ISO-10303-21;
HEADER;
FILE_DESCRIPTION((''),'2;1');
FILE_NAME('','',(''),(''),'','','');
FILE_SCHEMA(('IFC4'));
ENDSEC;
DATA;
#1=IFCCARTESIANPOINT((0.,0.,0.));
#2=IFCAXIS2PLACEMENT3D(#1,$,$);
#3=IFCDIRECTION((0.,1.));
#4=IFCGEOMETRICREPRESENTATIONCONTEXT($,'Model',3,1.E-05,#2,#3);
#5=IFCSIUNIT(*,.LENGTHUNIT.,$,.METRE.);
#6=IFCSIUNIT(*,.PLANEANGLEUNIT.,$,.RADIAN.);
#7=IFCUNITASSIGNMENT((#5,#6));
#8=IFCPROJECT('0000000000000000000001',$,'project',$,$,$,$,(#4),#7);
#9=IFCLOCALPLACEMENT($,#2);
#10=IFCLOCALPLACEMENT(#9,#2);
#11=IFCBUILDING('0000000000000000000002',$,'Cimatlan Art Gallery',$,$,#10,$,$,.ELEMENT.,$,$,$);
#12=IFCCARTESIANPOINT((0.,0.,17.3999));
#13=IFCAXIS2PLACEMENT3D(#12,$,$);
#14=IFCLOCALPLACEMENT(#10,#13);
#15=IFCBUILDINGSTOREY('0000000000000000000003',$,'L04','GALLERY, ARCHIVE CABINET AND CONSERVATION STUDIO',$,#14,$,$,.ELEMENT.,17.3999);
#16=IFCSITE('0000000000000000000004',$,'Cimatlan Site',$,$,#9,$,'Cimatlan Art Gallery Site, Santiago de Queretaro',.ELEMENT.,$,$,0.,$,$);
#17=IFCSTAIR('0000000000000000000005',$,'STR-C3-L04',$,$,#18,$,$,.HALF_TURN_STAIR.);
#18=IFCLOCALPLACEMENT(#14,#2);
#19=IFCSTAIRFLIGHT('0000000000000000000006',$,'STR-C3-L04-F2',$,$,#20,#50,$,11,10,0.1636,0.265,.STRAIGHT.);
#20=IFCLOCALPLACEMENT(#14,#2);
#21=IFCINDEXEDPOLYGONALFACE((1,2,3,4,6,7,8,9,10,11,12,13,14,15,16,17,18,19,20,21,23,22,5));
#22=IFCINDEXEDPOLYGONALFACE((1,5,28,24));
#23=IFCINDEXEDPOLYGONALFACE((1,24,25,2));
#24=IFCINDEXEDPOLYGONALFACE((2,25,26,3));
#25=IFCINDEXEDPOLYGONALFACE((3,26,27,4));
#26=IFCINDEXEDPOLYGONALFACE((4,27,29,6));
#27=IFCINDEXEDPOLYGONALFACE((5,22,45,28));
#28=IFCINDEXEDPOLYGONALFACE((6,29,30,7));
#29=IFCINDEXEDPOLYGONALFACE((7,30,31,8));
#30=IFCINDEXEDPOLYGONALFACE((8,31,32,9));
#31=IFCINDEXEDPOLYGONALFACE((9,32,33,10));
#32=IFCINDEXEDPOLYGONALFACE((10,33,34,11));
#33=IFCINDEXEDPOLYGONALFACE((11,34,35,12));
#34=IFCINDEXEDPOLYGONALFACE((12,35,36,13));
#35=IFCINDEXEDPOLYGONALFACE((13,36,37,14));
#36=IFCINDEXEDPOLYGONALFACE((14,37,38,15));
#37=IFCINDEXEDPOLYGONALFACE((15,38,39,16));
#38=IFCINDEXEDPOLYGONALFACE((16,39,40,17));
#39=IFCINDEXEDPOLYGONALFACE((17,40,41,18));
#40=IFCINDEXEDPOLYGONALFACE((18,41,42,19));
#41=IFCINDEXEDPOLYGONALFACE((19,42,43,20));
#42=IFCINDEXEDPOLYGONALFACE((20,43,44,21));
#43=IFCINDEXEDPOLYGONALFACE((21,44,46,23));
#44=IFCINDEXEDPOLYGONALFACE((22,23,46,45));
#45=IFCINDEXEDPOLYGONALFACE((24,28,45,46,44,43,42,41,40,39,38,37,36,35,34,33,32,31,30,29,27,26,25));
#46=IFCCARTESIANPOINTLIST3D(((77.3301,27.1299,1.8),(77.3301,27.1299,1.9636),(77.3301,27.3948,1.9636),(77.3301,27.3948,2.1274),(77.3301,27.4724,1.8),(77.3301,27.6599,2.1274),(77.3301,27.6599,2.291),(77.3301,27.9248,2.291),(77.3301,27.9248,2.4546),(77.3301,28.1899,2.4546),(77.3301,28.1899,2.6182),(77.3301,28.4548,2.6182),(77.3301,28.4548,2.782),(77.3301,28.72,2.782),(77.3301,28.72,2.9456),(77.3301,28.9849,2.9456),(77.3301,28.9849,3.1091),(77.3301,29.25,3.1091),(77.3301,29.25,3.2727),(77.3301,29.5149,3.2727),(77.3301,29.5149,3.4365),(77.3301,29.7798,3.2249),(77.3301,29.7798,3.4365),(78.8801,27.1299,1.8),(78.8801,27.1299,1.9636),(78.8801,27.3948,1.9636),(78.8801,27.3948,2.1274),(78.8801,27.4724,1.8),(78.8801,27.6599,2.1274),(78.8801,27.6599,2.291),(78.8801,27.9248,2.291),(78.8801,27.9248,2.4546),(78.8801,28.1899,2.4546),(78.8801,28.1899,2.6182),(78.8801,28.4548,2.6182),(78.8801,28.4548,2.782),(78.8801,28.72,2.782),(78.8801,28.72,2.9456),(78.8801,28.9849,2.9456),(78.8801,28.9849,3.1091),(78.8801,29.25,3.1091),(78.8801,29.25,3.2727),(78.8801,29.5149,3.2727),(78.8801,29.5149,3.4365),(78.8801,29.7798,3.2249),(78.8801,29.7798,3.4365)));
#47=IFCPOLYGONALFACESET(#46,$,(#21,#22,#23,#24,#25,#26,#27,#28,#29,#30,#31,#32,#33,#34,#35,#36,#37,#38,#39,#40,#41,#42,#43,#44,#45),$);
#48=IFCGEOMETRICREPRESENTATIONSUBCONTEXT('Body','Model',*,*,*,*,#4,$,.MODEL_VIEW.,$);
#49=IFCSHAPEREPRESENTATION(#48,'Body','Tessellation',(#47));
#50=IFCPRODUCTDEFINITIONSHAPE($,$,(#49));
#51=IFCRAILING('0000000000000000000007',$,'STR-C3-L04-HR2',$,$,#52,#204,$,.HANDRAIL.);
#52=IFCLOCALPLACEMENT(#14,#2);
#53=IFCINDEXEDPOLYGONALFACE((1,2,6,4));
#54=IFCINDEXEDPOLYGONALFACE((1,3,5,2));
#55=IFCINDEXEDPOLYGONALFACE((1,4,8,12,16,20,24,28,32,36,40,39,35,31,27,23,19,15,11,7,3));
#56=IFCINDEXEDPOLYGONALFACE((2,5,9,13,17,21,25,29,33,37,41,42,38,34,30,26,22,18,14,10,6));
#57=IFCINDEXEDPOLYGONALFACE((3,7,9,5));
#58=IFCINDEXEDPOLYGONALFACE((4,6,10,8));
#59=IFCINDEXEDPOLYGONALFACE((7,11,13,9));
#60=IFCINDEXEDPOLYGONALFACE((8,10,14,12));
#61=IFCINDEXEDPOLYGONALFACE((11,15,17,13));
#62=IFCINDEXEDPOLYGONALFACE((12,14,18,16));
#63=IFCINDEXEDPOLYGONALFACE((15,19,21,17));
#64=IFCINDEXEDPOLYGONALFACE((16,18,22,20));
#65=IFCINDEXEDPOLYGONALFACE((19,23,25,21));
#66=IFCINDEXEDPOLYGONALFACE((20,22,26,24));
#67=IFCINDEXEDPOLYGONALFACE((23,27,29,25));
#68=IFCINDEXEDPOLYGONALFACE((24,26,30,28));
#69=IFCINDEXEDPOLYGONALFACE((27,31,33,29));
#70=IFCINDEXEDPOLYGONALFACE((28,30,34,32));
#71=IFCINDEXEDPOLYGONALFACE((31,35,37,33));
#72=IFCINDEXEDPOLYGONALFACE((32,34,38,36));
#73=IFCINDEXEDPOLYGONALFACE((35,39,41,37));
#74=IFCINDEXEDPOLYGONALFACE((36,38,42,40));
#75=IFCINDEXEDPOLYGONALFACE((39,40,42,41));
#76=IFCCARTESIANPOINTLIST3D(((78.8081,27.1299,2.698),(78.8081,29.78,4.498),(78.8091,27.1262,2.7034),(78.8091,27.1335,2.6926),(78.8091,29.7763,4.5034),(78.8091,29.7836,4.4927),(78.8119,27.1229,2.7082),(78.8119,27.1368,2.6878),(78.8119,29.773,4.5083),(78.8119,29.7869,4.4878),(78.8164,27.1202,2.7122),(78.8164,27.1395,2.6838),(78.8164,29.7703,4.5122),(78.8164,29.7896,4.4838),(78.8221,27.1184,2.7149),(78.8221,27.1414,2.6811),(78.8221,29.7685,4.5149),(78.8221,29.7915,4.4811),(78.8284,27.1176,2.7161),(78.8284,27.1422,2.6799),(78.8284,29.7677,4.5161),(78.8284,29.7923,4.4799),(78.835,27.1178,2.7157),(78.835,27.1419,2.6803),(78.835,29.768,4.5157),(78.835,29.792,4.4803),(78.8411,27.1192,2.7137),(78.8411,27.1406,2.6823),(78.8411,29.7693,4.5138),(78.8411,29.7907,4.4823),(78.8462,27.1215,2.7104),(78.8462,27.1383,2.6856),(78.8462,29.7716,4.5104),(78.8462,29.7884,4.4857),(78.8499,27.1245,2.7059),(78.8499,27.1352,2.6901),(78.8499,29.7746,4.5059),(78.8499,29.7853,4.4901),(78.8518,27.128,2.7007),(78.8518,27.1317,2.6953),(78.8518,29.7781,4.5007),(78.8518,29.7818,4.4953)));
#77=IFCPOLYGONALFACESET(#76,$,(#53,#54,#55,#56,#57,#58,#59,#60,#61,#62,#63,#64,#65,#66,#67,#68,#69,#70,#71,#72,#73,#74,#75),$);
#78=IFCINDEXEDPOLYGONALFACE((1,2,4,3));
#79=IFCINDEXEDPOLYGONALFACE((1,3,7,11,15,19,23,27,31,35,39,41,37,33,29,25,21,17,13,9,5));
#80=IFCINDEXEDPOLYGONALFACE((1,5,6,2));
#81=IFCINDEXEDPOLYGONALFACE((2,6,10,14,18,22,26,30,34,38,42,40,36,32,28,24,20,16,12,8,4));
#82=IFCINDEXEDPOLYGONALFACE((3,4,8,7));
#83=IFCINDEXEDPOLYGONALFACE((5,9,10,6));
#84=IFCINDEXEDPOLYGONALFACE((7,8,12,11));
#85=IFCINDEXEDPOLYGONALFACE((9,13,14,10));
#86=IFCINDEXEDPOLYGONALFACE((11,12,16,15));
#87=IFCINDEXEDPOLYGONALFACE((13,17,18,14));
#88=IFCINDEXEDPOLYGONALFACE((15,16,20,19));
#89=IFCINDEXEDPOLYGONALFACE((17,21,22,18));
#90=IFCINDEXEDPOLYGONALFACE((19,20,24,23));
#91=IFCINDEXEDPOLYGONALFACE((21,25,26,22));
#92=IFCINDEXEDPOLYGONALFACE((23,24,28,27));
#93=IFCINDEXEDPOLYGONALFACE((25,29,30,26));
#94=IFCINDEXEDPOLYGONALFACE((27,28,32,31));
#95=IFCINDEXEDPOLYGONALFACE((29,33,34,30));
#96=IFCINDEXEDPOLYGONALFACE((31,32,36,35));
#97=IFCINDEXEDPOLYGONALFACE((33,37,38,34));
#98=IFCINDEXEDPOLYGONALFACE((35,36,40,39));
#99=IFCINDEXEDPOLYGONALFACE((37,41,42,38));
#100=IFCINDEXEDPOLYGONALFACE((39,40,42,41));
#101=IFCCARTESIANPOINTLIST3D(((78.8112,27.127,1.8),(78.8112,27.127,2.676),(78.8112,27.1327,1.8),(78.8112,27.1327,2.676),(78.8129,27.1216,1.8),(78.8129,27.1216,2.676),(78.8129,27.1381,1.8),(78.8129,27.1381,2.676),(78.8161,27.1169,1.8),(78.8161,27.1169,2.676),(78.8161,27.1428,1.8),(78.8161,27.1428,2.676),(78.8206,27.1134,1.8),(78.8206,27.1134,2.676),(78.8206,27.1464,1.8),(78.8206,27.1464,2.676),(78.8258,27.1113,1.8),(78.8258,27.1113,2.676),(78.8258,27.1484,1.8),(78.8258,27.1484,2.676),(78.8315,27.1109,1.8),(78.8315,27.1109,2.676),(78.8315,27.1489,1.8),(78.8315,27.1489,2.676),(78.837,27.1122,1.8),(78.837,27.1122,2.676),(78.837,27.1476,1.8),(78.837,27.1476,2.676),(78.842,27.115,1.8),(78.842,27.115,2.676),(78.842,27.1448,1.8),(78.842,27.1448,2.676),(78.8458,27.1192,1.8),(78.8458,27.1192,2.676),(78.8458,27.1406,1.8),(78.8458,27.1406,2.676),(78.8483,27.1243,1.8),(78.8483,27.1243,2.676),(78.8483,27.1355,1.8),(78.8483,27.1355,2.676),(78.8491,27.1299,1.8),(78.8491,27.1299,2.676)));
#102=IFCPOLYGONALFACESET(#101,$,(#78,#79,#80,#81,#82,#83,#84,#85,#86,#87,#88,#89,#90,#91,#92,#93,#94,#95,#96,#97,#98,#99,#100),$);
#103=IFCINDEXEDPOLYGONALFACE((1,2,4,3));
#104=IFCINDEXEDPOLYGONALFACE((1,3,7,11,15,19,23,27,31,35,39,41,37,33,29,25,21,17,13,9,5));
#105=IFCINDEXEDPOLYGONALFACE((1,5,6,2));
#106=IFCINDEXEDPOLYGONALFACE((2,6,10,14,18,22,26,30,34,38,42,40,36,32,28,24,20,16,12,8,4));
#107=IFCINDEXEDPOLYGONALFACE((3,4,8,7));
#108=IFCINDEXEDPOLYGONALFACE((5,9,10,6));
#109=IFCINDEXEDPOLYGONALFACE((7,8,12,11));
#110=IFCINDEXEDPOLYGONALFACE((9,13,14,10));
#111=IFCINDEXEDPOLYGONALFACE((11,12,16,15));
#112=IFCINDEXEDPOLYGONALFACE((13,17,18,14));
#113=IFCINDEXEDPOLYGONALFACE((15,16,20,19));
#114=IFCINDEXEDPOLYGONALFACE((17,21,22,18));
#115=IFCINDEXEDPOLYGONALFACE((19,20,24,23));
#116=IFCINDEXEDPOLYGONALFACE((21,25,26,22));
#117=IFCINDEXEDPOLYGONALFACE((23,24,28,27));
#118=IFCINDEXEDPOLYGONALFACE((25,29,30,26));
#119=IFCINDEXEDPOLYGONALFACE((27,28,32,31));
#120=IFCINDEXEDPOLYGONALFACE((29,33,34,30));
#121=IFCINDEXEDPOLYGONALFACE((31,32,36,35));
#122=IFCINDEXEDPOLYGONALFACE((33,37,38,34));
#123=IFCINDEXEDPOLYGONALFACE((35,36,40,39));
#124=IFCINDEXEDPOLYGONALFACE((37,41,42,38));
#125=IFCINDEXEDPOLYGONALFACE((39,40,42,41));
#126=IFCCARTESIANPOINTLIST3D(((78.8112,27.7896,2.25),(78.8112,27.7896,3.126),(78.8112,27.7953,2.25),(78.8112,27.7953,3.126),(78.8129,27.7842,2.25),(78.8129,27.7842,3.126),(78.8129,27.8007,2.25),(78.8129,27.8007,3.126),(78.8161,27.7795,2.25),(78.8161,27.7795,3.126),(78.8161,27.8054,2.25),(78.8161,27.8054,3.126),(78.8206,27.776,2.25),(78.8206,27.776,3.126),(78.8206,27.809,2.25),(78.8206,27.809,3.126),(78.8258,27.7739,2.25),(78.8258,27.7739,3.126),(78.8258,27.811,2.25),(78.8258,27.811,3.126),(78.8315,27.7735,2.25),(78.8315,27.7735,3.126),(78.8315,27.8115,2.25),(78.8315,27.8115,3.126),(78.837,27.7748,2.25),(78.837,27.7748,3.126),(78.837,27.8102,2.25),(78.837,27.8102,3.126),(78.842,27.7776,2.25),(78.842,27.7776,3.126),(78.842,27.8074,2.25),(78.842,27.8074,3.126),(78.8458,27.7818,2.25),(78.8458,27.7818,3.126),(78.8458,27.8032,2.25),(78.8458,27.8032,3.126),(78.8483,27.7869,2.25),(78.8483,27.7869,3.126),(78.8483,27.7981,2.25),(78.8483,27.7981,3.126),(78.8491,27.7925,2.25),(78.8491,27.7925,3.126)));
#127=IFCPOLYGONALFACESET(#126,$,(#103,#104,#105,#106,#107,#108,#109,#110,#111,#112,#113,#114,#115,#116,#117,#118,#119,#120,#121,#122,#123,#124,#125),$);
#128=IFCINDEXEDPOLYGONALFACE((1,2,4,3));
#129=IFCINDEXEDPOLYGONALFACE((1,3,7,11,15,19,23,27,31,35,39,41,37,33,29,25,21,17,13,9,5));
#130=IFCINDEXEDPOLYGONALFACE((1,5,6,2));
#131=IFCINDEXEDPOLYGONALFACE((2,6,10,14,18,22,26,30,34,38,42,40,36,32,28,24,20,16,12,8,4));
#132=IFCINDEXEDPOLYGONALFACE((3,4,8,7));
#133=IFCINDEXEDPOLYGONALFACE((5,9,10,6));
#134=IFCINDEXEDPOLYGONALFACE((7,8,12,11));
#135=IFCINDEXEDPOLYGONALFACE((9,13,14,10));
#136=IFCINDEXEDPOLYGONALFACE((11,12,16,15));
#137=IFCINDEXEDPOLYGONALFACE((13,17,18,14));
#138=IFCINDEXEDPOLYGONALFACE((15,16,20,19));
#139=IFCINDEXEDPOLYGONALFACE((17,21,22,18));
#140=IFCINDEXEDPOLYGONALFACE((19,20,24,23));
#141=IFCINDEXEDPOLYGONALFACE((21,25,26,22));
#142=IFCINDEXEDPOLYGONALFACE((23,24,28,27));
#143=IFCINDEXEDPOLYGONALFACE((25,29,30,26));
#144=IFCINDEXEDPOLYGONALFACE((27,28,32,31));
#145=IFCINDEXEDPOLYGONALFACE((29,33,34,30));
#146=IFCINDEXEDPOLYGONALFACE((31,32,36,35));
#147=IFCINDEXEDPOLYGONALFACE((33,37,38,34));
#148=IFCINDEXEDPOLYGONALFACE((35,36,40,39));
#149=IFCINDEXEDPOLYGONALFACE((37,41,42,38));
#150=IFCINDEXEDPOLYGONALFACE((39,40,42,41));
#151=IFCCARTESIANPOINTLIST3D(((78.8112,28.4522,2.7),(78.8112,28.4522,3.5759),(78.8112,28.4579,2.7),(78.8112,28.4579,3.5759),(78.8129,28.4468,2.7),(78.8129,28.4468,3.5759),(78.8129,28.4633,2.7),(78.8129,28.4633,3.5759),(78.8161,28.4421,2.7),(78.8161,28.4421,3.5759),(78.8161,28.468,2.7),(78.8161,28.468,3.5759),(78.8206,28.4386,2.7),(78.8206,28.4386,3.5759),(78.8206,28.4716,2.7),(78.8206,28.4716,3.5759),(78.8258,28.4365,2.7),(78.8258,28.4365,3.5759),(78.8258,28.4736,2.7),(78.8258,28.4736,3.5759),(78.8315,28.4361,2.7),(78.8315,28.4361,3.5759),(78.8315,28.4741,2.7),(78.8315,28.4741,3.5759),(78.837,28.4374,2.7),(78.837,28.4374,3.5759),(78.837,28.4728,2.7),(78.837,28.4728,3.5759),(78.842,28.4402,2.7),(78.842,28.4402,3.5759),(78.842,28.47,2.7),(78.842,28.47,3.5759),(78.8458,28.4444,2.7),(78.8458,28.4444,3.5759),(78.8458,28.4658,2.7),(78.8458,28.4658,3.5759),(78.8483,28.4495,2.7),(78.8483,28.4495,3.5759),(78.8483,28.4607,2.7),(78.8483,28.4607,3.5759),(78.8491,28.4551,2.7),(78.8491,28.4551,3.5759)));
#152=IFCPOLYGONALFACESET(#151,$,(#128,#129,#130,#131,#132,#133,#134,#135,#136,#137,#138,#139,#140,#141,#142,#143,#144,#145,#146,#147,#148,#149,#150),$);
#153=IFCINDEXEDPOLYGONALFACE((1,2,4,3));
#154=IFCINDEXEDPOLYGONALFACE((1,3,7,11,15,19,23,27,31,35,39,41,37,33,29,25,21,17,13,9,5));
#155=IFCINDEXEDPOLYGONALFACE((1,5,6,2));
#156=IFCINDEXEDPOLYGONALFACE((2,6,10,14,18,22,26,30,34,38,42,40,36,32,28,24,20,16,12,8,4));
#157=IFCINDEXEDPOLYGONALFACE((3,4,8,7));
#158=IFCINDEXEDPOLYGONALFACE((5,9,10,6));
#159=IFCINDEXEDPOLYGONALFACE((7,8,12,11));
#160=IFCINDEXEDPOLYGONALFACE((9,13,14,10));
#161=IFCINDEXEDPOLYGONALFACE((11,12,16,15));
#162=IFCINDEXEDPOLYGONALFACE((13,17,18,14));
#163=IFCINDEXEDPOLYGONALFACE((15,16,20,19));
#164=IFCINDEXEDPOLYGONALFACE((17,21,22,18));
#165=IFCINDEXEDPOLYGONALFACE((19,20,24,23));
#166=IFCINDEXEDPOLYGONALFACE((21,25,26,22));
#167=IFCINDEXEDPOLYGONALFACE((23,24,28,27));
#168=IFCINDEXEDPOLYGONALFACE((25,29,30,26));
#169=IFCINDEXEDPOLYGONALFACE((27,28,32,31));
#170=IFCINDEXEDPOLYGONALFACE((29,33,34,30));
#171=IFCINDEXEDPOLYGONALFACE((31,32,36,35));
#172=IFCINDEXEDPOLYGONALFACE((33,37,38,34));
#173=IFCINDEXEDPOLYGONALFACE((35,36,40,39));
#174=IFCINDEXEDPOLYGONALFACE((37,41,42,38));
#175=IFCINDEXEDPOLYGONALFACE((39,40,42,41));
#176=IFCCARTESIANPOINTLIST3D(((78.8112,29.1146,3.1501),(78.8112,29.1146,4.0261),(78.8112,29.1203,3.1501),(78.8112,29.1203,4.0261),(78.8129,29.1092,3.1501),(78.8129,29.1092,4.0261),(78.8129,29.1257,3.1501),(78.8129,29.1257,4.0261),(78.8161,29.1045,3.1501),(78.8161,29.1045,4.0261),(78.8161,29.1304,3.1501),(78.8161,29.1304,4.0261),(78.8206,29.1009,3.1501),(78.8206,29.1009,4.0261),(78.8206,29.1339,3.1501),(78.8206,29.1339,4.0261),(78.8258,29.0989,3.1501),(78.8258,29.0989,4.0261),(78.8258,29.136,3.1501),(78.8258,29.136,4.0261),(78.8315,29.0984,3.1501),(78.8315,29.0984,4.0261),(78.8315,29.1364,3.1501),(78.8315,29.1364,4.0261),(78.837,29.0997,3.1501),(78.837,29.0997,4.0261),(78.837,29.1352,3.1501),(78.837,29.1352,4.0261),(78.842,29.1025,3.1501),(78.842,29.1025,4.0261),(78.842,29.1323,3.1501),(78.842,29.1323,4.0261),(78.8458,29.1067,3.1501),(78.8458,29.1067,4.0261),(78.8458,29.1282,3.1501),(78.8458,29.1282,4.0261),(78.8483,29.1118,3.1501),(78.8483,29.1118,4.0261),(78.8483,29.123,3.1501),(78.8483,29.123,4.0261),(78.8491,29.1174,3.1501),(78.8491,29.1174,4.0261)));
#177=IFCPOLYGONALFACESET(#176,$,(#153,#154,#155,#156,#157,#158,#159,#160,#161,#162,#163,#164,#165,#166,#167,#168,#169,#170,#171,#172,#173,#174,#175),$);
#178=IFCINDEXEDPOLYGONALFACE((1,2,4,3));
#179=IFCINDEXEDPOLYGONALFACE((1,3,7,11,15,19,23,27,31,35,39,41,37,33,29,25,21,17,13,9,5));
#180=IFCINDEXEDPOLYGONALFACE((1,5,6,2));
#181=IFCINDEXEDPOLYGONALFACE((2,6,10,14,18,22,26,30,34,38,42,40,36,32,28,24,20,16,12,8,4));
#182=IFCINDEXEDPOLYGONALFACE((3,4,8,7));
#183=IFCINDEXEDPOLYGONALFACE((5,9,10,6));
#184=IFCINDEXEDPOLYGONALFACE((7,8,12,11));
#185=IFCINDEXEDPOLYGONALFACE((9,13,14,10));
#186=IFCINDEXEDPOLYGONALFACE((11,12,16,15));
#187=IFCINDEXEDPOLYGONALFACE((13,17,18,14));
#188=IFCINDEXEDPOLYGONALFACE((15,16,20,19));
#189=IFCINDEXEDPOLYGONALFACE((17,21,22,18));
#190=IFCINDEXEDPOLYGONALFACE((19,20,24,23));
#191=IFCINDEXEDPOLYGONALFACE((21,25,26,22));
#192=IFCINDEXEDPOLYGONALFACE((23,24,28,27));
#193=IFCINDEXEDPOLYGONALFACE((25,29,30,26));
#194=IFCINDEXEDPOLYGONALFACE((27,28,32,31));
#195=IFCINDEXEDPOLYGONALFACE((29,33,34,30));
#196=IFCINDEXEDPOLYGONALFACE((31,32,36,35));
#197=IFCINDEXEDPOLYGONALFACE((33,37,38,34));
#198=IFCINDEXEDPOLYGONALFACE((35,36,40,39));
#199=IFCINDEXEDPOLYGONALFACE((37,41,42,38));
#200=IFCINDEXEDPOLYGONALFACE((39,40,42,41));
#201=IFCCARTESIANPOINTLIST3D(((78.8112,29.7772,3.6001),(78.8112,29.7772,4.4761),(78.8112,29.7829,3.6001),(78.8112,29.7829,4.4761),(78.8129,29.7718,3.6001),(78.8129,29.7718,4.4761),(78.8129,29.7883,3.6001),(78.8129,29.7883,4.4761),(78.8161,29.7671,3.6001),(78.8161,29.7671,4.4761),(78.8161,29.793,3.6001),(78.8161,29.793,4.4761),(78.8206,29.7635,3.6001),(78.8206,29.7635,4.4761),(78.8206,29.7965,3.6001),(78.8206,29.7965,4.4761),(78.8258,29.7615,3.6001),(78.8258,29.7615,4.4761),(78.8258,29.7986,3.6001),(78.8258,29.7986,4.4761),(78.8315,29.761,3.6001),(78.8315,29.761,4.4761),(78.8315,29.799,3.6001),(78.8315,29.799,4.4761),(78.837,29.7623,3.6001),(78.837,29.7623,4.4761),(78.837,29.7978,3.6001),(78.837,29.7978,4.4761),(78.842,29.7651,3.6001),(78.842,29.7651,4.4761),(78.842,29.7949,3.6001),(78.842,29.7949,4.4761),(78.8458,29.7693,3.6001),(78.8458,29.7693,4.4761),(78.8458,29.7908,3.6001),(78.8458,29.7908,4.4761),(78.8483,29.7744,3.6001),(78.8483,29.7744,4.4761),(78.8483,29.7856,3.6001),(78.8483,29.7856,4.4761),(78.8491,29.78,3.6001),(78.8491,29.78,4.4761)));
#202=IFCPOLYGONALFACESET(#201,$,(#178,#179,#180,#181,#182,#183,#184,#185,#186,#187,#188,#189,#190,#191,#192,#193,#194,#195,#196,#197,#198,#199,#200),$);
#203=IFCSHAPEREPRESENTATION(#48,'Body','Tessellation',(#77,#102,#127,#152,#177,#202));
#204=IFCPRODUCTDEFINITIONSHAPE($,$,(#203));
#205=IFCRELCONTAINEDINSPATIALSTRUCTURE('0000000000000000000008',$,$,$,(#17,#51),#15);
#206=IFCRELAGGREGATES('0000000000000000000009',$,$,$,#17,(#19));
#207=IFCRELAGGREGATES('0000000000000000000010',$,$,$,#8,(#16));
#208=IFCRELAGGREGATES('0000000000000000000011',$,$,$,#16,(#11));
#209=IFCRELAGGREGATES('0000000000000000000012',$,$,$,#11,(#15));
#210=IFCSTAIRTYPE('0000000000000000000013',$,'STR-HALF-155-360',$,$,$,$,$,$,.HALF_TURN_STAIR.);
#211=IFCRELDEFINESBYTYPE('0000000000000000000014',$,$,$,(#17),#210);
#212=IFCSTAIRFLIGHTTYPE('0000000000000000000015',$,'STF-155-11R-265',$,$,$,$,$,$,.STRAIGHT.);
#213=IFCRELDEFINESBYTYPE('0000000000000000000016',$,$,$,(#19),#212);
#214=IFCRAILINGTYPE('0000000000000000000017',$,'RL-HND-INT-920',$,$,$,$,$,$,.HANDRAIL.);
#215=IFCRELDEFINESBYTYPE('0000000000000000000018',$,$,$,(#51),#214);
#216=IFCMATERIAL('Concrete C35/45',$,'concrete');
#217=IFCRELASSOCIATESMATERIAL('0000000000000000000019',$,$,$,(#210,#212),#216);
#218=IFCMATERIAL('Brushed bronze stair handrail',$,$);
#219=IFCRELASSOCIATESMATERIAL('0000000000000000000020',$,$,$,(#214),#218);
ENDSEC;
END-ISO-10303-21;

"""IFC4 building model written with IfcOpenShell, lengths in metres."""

from ifc_helpers import new_model, si_unit, direction, frame, origin, origin_2d, place, context, subcontext, project, spatial, polyline, circle, outline, extrude, material, type_object, element, aggregate, save


model = new_model("IFC4")

# Units and contexts
model_context = context("Model", 3, precision=1e-05, world=origin(), true_north=direction((0.0, 1.0)))
body_context = subcontext(model_context, "Body", "Model", "MODEL_VIEW")
ifc_project = project(units=[si_unit("LENGTHUNIT", "METRE"), si_unit("PLANEANGLEUNIT", "RADIAN")], contexts=[model_context])

# Site, building, storey
site_placement = place(None, origin())
site = spatial("IfcSite", under=ifc_project, at=site_placement, Name="Cimatlan Site", LongName="Cimatlan Art Gallery Site, Santiago de Queretaro", CompositionType="ELEMENT", RefElevation=0.0)
building_placement = place(site_placement, origin())
building = spatial("IfcBuilding", under=site, at=building_placement, Name="Cimatlan Art Gallery", CompositionType="ELEMENT")
storey_placement = place(building_placement, frame((0.0, 0.0, 17.3999)))
storey = spatial("IfcBuildingStorey", under=building, at=storey_placement, Name="L04", Description="GALLERY, ARCHIVE CABINET AND CONSERVATION STUDIO", CompositionType="ELEMENT", Elevation=17.3999)

# Stair, stair flight
ifc_material_1 = material(Name="Concrete C35/45", Category="concrete")
stair_type = type_object("IfcStairType", Name="STR-HALF-155-360", PredefinedType="HALF_TURN_STAIR", material=ifc_material_1)
stair_placement = place(storey_placement, origin())
stair = element("IfcStair", 1, at=stair_placement, inside=storey, type_object=stair_type, Name="STR-C3-L04", PredefinedType="HALF_TURN_STAIR")
stair_flight_type = type_object("IfcStairFlightType", Name="STF-155-11R-265", PredefinedType="STRAIGHT", material=ifc_material_1)
stair_flight_1_placement = place(storey_placement, frame((78.105, 27.1299, 1.8), z_axis=(0.0, 0.0, 1.0), x_axis=(0.0, 1.0, 0.0)))
stair_flight_1 = element("IfcStairFlight", 2, at=stair_flight_1_placement, type_object=stair_flight_type, Name="STR-C3-L04-F2", NumberOfRisers=11, NumberOfTreads=10, PredefinedType="STRAIGHT", RiserHeight=0.1636, TreadLength=0.265, context=body_context, shape_type="SweptSolid", body=[
    extrude(outline(polyline([(0.0, 0.0), (0.0, 0.1636), (0.2649, 0.1636), (0.2649, 0.3274), (0.53, 0.3274), (0.53, 0.491), (0.7949, 0.491), (0.7949, 0.6545), (1.0601, 0.6545), (1.0601, 0.8181), (1.325, 0.8181), (1.325, 0.9819), (1.5901, 0.9819), (1.5901, 1.1455), (1.855, 1.1455), (1.855, 1.3091), (2.1201, 1.3091), (2.1201, 1.4727), (2.385, 1.4727), (2.385, 1.6365), (2.6499, 1.6365), (2.6499, 1.8), (2.6499, 1.4248), (0.3425, 0.0), (0.0, 0.0)])), frame((0.0, 0.7749, 0.0), z_axis=(0.0, -1.0, 0.0), x_axis=(1.0, 0.0, 0.0)), (0.0, 0.0, 1.0), 1.55),
])
aggregate(stair, [stair_flight_1])

# Railing
ifc_material_2 = material(Name="Brushed bronze stair handrail")
railing_type_1 = type_object("IfcRailingType", Name="RL-HND-INT-920", PredefinedType="HANDRAIL", material=ifc_material_2)
railing_1_placement = place(storey_placement, frame((78.8301, 27.1299, 1.8)))
element("IfcRailing", 3, at=railing_1_placement, inside=storey, type_object=railing_type_1, Name="STR-C3-L04-HR2", PredefinedType="HANDRAIL", context=body_context, shape_type="SweptSolid", body=[
    extrude(circle(Radius=0.022, at=origin_2d()), frame((0.0, 0.0, 0.8979), z_axis=(0.0, 0.827224, 0.561872), x_axis=(-1.0, 0.0, 0.0)), (0.0, 0.0, 1.0), 3.2036),
    extrude(circle(Radius=0.019, at=origin_2d()), origin(), (0.0, 0.0, 1.0), 0.876),
    extrude(circle(Radius=0.019, at=origin_2d()), frame((0.0, 0.6626, 0.45)), (0.0, 0.0, 1.0), 0.876),
    extrude(circle(Radius=0.019, at=origin_2d()), frame((0.0, 1.3252, 0.8999)), (0.0, 0.0, 1.0), 0.876),
    extrude(circle(Radius=0.019, at=origin_2d()), frame((0.0, 1.9875, 1.3501)), (0.0, 0.0, 1.0), 0.876),
    extrude(circle(Radius=0.019, at=origin_2d()), frame((0.0, 2.6501, 1.8)), (0.0, 0.0, 1.0), 0.876),
])

save(model, "model.ifc")
